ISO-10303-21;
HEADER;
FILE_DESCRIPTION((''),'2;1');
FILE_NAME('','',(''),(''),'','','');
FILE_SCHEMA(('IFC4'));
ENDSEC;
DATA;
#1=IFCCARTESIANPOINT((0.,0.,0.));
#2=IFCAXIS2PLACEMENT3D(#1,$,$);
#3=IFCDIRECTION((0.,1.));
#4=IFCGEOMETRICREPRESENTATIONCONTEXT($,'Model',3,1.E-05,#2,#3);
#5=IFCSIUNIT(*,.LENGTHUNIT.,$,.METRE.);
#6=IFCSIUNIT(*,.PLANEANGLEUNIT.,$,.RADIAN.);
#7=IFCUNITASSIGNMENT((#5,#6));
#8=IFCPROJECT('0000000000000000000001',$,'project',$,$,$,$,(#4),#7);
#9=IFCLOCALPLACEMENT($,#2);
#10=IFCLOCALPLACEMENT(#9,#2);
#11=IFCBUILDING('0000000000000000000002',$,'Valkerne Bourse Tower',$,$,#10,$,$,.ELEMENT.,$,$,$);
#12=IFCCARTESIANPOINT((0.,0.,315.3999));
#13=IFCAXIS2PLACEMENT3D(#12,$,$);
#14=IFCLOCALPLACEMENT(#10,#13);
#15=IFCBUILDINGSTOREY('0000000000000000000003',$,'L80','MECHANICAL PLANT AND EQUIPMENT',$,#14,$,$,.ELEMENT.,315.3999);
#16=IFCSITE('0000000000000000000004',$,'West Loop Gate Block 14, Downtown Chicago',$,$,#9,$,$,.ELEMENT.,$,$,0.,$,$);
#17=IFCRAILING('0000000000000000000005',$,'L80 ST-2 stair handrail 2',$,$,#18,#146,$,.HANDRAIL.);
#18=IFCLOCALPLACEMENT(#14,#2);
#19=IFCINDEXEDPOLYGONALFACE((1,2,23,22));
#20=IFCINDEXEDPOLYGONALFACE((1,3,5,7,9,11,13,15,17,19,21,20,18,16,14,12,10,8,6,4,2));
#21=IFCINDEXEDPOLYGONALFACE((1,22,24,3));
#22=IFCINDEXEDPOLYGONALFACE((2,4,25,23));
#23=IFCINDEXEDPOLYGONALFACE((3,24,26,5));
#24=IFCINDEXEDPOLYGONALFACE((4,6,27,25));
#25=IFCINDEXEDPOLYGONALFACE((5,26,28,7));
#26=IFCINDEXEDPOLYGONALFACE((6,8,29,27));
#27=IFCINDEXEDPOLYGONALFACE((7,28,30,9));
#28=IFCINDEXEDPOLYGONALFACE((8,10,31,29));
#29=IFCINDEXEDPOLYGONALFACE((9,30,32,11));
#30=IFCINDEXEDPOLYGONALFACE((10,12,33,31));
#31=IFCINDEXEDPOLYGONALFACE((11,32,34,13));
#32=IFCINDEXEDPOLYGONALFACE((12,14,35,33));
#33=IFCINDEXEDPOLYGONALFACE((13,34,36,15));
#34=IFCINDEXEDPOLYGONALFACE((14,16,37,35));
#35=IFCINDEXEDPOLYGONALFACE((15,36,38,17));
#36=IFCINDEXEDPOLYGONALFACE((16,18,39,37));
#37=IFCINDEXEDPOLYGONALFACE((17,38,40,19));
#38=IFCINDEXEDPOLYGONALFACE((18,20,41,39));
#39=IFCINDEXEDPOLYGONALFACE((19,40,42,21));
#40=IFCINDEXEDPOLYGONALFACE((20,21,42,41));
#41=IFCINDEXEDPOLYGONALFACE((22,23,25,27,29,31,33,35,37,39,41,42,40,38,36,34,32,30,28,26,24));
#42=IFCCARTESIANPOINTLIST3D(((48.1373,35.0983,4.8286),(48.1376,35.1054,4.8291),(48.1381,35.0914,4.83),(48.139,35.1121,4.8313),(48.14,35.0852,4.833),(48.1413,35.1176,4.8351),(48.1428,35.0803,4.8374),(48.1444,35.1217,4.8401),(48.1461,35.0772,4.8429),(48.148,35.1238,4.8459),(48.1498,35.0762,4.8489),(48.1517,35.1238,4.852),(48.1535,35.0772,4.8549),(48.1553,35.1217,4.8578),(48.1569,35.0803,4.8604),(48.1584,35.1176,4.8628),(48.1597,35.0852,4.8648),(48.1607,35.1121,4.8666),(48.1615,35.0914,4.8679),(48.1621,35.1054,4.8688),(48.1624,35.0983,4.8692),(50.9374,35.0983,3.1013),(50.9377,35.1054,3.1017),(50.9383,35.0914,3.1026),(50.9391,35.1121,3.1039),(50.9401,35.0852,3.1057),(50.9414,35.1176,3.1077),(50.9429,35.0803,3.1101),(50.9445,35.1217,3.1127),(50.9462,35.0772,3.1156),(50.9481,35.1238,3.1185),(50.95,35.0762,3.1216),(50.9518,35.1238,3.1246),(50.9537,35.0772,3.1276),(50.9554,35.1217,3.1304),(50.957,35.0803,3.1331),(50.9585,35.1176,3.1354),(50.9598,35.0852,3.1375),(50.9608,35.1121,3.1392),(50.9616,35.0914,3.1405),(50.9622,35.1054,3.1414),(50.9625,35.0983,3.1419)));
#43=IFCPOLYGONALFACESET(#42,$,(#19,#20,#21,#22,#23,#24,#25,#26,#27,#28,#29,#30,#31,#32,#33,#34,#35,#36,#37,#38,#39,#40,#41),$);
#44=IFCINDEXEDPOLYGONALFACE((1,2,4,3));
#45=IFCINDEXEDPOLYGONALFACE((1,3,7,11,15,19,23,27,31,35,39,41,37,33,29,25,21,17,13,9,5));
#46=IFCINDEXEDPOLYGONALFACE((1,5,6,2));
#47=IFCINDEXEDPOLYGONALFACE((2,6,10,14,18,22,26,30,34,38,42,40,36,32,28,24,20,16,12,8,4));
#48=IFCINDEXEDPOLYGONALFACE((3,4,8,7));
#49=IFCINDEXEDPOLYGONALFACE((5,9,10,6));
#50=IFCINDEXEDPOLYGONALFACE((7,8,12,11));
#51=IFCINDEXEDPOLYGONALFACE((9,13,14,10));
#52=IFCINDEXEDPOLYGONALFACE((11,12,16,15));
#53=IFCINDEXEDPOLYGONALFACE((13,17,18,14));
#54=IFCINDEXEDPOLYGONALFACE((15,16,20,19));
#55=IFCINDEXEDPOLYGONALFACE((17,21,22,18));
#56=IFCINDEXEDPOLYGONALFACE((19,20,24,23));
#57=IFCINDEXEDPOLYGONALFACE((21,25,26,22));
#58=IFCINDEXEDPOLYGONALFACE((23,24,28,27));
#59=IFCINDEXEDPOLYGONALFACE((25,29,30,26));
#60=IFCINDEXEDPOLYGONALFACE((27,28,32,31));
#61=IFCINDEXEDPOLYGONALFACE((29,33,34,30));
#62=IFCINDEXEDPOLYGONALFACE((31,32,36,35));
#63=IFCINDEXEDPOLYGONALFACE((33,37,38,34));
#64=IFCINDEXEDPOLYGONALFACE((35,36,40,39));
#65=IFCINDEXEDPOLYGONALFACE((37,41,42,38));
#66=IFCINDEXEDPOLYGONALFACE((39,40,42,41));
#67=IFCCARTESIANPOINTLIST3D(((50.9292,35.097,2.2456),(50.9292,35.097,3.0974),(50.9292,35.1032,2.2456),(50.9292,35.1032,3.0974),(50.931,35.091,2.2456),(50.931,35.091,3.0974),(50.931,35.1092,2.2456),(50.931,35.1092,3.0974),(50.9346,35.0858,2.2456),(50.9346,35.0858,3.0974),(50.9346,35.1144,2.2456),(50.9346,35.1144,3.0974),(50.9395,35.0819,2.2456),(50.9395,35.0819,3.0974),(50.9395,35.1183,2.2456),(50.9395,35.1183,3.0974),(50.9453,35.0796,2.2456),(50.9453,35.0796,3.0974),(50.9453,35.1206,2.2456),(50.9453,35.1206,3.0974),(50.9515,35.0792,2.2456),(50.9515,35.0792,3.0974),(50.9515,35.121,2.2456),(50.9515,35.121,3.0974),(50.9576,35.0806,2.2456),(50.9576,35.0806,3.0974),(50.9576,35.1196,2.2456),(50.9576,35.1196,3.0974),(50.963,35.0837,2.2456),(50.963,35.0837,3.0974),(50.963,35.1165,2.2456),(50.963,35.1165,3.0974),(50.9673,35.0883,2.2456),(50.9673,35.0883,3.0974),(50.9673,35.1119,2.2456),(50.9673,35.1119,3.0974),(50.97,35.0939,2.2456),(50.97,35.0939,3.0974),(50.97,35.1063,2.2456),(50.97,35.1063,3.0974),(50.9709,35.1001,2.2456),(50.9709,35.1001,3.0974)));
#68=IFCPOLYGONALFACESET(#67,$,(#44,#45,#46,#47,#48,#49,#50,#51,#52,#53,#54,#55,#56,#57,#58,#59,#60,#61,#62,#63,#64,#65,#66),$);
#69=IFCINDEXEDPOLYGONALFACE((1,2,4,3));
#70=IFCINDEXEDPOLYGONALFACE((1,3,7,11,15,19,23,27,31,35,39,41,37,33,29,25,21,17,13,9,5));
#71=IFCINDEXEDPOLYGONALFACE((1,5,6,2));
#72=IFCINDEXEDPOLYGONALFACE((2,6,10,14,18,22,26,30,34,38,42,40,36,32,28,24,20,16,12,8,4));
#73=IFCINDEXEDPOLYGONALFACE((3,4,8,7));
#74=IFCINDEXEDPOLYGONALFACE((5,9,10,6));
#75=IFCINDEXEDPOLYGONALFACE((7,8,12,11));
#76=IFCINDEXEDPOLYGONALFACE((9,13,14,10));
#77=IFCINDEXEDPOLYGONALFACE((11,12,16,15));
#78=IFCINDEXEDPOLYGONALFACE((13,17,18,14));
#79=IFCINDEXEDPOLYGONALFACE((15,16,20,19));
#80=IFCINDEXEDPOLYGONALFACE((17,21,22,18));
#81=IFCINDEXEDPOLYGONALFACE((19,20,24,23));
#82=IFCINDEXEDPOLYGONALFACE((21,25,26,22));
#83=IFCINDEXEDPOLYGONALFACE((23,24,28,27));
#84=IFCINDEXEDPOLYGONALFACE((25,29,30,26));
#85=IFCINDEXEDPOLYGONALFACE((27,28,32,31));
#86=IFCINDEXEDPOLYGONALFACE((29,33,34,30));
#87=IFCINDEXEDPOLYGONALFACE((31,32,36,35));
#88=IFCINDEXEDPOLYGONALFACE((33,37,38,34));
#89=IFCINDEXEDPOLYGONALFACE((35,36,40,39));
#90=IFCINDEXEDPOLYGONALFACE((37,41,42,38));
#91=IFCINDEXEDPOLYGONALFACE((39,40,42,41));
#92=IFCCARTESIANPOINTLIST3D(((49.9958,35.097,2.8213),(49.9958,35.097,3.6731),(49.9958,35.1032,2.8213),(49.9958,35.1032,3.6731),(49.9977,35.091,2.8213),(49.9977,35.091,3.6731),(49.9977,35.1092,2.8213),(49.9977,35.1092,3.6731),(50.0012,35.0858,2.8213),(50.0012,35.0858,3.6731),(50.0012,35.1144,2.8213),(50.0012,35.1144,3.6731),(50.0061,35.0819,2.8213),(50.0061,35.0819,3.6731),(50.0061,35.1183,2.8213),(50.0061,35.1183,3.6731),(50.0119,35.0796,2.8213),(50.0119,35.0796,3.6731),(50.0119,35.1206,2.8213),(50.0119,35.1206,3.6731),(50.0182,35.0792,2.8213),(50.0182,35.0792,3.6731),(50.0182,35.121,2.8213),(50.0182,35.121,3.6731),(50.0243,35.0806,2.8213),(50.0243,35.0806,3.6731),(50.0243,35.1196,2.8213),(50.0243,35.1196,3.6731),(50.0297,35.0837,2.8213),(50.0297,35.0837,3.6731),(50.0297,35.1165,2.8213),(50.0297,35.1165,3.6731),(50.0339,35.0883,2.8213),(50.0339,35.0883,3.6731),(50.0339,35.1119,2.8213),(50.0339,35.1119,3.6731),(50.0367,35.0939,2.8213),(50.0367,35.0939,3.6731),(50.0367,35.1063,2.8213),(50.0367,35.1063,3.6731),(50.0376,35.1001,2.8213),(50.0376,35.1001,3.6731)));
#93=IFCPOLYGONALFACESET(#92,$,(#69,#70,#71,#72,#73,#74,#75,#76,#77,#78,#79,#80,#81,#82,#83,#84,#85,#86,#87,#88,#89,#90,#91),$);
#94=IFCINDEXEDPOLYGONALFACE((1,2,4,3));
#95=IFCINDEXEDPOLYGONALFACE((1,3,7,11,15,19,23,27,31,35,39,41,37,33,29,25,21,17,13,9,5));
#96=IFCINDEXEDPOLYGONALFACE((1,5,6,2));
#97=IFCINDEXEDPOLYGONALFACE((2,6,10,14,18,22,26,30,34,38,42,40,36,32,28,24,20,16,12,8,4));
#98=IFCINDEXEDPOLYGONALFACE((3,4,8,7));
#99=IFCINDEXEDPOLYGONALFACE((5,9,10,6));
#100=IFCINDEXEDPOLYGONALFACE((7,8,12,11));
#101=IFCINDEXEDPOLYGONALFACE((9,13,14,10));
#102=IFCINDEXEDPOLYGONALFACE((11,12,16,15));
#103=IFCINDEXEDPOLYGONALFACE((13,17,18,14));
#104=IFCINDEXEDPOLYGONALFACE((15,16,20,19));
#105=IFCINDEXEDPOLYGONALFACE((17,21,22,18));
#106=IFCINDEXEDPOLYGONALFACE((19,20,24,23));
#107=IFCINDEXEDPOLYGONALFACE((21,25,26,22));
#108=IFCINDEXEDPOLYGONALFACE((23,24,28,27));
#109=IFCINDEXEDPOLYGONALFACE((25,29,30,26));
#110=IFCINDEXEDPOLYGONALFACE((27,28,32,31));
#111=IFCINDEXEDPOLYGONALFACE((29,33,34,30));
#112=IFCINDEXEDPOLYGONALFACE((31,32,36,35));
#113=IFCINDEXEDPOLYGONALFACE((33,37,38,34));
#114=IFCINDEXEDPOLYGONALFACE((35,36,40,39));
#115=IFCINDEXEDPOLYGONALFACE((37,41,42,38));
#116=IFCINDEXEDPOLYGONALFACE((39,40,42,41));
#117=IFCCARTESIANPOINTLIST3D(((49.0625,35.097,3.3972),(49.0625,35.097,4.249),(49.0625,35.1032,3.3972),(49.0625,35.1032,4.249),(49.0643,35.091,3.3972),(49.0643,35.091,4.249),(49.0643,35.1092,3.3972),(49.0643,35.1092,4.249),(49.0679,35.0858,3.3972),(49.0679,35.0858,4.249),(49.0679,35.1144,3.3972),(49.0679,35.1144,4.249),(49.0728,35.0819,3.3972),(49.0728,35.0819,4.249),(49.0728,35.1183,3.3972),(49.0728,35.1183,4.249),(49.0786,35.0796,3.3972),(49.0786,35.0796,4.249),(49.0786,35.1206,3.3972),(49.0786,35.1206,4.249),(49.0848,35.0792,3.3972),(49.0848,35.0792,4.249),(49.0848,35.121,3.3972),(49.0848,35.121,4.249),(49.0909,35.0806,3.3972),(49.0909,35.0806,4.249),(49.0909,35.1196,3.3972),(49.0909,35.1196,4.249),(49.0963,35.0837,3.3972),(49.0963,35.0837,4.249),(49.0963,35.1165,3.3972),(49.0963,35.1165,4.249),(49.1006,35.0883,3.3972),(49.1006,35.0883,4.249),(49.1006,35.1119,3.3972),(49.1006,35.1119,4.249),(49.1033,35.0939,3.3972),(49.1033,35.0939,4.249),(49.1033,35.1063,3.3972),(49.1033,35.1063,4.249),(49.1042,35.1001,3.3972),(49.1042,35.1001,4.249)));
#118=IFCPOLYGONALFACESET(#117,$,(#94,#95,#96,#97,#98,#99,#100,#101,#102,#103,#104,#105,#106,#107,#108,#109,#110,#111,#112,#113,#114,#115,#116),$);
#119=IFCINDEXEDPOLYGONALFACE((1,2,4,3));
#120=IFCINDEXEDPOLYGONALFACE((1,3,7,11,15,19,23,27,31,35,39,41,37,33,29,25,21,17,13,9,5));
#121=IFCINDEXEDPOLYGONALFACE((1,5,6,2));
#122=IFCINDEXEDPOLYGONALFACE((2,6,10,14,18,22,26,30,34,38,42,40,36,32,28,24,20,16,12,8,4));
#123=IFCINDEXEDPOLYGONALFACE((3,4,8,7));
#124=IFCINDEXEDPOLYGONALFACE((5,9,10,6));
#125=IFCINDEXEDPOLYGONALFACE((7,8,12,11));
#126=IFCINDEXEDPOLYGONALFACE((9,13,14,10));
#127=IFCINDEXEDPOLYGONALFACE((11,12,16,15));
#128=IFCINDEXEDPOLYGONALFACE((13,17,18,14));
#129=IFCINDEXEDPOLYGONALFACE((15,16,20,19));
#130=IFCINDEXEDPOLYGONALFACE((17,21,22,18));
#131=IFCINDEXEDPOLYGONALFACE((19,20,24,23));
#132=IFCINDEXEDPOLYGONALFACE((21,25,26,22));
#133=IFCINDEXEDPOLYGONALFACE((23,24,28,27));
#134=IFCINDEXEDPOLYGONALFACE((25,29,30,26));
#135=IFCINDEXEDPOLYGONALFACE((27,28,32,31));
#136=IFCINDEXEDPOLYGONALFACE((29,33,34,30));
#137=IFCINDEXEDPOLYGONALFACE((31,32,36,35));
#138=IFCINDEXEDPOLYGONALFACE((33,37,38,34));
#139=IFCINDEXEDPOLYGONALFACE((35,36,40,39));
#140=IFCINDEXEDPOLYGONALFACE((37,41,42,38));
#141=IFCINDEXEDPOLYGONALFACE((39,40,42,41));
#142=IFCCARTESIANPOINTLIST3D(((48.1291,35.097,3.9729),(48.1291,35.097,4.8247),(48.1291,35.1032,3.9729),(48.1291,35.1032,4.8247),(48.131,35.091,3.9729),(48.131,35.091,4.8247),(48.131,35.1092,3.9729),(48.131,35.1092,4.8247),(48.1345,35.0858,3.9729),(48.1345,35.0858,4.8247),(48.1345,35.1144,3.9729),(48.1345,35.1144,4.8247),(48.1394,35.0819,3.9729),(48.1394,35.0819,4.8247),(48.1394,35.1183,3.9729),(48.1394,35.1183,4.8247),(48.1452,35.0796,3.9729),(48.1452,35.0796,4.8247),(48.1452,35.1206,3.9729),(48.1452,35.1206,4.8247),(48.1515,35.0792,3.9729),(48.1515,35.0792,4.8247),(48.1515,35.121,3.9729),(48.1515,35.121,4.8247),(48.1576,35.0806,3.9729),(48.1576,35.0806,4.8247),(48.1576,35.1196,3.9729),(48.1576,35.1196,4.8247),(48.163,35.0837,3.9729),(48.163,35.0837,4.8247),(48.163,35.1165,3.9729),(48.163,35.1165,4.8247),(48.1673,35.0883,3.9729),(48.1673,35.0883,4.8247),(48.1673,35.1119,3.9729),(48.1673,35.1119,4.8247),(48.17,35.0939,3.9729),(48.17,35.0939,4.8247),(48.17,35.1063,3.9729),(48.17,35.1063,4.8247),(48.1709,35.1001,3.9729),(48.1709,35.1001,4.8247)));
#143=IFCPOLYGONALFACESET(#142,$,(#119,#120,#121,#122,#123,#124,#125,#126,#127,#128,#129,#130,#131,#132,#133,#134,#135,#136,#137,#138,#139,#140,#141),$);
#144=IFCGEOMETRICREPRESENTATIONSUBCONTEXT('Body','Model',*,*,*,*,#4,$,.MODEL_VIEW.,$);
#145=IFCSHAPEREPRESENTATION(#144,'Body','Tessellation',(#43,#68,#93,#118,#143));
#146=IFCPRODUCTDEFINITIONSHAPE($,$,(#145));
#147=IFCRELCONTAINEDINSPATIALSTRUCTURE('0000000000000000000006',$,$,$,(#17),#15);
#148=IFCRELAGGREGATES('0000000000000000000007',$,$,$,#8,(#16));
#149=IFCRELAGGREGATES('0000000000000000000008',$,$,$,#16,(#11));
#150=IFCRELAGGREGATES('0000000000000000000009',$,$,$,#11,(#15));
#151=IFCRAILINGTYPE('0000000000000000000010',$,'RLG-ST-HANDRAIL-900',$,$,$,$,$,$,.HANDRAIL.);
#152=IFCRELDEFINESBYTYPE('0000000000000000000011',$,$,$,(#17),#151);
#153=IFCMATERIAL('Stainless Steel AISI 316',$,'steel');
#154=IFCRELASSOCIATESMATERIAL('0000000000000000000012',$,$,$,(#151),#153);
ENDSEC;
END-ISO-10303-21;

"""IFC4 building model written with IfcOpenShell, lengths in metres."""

from ifc_helpers import new_model, si_unit, direction, frame, origin, origin_2d, place, context, subcontext, project, spatial, circle, extrude, material, type_object, element, save


model = new_model("IFC4")

# Units and contexts
model_context = context("Model", 3, precision=1e-05, world=origin(), true_north=direction((0.0, 1.0)))
body_context = subcontext(model_context, "Body", "Model", "MODEL_VIEW")
ifc_project = project(units=[si_unit("LENGTHUNIT", "METRE"), si_unit("PLANEANGLEUNIT", "RADIAN")], contexts=[model_context])

# Site, building, storey
site_placement = place(None, origin())
site = spatial("IfcSite", under=ifc_project, at=site_placement, Name="West Loop Gate Block 14, Downtown Chicago", CompositionType="ELEMENT", RefElevation=0.0)
building_placement = place(site_placement, origin())
building = spatial("IfcBuilding", under=site, at=building_placement, Name="Valkerne Bourse Tower", CompositionType="ELEMENT")
storey_placement = place(building_placement, frame((0.0, 0.0, 315.3999)))
storey = spatial("IfcBuildingStorey", under=building, at=storey_placement, Name="L80", Description="MECHANICAL PLANT AND EQUIPMENT", CompositionType="ELEMENT", Elevation=315.3999)

# Railing
ifc_material_1 = material(Name="Stainless Steel AISI 316", Category="steel")
railing_type_1 = type_object("IfcRailingType", Name="RLG-ST-HANDRAIL-900", PredefinedType="HANDRAIL", material=ifc_material_1)
railing_1_placement = place(storey_placement, frame((50.95, 35.1001, 2.2456)))
element("IfcRailing", 1, at=railing_1_placement, inside=storey, type_object=railing_type_1, Name="L80 ST-2 stair handrail 2", PredefinedType="HANDRAIL", context=body_context, shape_type="SweptSolid", body=[
    extrude(circle(Radius=0.0239, at=origin_2d()), frame((0.0, 0.0, 0.876), z_axis=(-0.85109, 0.0, 0.52502), x_axis=(0.0, -1.0, 0.0)), (0.0, 0.0, 1.0), 3.29),
    extrude(circle(Radius=0.021, at=origin_2d()), origin(), (0.0, 0.0, 1.0), 0.8518),
    extrude(circle(Radius=0.021, at=origin_2d()), frame((-0.9333, 0.0, 0.5757)), (0.0, 0.0, 1.0), 0.8518),
    extrude(circle(Radius=0.021, at=origin_2d()), frame((-1.8667, 0.0, 1.1516)), (0.0, 0.0, 1.0), 0.8518),
    extrude(circle(Radius=0.021, at=origin_2d()), frame((-2.8, 0.0, 1.7273)), (0.0, 0.0, 1.0), 0.8518),
])

save(model, "model.ifc")
